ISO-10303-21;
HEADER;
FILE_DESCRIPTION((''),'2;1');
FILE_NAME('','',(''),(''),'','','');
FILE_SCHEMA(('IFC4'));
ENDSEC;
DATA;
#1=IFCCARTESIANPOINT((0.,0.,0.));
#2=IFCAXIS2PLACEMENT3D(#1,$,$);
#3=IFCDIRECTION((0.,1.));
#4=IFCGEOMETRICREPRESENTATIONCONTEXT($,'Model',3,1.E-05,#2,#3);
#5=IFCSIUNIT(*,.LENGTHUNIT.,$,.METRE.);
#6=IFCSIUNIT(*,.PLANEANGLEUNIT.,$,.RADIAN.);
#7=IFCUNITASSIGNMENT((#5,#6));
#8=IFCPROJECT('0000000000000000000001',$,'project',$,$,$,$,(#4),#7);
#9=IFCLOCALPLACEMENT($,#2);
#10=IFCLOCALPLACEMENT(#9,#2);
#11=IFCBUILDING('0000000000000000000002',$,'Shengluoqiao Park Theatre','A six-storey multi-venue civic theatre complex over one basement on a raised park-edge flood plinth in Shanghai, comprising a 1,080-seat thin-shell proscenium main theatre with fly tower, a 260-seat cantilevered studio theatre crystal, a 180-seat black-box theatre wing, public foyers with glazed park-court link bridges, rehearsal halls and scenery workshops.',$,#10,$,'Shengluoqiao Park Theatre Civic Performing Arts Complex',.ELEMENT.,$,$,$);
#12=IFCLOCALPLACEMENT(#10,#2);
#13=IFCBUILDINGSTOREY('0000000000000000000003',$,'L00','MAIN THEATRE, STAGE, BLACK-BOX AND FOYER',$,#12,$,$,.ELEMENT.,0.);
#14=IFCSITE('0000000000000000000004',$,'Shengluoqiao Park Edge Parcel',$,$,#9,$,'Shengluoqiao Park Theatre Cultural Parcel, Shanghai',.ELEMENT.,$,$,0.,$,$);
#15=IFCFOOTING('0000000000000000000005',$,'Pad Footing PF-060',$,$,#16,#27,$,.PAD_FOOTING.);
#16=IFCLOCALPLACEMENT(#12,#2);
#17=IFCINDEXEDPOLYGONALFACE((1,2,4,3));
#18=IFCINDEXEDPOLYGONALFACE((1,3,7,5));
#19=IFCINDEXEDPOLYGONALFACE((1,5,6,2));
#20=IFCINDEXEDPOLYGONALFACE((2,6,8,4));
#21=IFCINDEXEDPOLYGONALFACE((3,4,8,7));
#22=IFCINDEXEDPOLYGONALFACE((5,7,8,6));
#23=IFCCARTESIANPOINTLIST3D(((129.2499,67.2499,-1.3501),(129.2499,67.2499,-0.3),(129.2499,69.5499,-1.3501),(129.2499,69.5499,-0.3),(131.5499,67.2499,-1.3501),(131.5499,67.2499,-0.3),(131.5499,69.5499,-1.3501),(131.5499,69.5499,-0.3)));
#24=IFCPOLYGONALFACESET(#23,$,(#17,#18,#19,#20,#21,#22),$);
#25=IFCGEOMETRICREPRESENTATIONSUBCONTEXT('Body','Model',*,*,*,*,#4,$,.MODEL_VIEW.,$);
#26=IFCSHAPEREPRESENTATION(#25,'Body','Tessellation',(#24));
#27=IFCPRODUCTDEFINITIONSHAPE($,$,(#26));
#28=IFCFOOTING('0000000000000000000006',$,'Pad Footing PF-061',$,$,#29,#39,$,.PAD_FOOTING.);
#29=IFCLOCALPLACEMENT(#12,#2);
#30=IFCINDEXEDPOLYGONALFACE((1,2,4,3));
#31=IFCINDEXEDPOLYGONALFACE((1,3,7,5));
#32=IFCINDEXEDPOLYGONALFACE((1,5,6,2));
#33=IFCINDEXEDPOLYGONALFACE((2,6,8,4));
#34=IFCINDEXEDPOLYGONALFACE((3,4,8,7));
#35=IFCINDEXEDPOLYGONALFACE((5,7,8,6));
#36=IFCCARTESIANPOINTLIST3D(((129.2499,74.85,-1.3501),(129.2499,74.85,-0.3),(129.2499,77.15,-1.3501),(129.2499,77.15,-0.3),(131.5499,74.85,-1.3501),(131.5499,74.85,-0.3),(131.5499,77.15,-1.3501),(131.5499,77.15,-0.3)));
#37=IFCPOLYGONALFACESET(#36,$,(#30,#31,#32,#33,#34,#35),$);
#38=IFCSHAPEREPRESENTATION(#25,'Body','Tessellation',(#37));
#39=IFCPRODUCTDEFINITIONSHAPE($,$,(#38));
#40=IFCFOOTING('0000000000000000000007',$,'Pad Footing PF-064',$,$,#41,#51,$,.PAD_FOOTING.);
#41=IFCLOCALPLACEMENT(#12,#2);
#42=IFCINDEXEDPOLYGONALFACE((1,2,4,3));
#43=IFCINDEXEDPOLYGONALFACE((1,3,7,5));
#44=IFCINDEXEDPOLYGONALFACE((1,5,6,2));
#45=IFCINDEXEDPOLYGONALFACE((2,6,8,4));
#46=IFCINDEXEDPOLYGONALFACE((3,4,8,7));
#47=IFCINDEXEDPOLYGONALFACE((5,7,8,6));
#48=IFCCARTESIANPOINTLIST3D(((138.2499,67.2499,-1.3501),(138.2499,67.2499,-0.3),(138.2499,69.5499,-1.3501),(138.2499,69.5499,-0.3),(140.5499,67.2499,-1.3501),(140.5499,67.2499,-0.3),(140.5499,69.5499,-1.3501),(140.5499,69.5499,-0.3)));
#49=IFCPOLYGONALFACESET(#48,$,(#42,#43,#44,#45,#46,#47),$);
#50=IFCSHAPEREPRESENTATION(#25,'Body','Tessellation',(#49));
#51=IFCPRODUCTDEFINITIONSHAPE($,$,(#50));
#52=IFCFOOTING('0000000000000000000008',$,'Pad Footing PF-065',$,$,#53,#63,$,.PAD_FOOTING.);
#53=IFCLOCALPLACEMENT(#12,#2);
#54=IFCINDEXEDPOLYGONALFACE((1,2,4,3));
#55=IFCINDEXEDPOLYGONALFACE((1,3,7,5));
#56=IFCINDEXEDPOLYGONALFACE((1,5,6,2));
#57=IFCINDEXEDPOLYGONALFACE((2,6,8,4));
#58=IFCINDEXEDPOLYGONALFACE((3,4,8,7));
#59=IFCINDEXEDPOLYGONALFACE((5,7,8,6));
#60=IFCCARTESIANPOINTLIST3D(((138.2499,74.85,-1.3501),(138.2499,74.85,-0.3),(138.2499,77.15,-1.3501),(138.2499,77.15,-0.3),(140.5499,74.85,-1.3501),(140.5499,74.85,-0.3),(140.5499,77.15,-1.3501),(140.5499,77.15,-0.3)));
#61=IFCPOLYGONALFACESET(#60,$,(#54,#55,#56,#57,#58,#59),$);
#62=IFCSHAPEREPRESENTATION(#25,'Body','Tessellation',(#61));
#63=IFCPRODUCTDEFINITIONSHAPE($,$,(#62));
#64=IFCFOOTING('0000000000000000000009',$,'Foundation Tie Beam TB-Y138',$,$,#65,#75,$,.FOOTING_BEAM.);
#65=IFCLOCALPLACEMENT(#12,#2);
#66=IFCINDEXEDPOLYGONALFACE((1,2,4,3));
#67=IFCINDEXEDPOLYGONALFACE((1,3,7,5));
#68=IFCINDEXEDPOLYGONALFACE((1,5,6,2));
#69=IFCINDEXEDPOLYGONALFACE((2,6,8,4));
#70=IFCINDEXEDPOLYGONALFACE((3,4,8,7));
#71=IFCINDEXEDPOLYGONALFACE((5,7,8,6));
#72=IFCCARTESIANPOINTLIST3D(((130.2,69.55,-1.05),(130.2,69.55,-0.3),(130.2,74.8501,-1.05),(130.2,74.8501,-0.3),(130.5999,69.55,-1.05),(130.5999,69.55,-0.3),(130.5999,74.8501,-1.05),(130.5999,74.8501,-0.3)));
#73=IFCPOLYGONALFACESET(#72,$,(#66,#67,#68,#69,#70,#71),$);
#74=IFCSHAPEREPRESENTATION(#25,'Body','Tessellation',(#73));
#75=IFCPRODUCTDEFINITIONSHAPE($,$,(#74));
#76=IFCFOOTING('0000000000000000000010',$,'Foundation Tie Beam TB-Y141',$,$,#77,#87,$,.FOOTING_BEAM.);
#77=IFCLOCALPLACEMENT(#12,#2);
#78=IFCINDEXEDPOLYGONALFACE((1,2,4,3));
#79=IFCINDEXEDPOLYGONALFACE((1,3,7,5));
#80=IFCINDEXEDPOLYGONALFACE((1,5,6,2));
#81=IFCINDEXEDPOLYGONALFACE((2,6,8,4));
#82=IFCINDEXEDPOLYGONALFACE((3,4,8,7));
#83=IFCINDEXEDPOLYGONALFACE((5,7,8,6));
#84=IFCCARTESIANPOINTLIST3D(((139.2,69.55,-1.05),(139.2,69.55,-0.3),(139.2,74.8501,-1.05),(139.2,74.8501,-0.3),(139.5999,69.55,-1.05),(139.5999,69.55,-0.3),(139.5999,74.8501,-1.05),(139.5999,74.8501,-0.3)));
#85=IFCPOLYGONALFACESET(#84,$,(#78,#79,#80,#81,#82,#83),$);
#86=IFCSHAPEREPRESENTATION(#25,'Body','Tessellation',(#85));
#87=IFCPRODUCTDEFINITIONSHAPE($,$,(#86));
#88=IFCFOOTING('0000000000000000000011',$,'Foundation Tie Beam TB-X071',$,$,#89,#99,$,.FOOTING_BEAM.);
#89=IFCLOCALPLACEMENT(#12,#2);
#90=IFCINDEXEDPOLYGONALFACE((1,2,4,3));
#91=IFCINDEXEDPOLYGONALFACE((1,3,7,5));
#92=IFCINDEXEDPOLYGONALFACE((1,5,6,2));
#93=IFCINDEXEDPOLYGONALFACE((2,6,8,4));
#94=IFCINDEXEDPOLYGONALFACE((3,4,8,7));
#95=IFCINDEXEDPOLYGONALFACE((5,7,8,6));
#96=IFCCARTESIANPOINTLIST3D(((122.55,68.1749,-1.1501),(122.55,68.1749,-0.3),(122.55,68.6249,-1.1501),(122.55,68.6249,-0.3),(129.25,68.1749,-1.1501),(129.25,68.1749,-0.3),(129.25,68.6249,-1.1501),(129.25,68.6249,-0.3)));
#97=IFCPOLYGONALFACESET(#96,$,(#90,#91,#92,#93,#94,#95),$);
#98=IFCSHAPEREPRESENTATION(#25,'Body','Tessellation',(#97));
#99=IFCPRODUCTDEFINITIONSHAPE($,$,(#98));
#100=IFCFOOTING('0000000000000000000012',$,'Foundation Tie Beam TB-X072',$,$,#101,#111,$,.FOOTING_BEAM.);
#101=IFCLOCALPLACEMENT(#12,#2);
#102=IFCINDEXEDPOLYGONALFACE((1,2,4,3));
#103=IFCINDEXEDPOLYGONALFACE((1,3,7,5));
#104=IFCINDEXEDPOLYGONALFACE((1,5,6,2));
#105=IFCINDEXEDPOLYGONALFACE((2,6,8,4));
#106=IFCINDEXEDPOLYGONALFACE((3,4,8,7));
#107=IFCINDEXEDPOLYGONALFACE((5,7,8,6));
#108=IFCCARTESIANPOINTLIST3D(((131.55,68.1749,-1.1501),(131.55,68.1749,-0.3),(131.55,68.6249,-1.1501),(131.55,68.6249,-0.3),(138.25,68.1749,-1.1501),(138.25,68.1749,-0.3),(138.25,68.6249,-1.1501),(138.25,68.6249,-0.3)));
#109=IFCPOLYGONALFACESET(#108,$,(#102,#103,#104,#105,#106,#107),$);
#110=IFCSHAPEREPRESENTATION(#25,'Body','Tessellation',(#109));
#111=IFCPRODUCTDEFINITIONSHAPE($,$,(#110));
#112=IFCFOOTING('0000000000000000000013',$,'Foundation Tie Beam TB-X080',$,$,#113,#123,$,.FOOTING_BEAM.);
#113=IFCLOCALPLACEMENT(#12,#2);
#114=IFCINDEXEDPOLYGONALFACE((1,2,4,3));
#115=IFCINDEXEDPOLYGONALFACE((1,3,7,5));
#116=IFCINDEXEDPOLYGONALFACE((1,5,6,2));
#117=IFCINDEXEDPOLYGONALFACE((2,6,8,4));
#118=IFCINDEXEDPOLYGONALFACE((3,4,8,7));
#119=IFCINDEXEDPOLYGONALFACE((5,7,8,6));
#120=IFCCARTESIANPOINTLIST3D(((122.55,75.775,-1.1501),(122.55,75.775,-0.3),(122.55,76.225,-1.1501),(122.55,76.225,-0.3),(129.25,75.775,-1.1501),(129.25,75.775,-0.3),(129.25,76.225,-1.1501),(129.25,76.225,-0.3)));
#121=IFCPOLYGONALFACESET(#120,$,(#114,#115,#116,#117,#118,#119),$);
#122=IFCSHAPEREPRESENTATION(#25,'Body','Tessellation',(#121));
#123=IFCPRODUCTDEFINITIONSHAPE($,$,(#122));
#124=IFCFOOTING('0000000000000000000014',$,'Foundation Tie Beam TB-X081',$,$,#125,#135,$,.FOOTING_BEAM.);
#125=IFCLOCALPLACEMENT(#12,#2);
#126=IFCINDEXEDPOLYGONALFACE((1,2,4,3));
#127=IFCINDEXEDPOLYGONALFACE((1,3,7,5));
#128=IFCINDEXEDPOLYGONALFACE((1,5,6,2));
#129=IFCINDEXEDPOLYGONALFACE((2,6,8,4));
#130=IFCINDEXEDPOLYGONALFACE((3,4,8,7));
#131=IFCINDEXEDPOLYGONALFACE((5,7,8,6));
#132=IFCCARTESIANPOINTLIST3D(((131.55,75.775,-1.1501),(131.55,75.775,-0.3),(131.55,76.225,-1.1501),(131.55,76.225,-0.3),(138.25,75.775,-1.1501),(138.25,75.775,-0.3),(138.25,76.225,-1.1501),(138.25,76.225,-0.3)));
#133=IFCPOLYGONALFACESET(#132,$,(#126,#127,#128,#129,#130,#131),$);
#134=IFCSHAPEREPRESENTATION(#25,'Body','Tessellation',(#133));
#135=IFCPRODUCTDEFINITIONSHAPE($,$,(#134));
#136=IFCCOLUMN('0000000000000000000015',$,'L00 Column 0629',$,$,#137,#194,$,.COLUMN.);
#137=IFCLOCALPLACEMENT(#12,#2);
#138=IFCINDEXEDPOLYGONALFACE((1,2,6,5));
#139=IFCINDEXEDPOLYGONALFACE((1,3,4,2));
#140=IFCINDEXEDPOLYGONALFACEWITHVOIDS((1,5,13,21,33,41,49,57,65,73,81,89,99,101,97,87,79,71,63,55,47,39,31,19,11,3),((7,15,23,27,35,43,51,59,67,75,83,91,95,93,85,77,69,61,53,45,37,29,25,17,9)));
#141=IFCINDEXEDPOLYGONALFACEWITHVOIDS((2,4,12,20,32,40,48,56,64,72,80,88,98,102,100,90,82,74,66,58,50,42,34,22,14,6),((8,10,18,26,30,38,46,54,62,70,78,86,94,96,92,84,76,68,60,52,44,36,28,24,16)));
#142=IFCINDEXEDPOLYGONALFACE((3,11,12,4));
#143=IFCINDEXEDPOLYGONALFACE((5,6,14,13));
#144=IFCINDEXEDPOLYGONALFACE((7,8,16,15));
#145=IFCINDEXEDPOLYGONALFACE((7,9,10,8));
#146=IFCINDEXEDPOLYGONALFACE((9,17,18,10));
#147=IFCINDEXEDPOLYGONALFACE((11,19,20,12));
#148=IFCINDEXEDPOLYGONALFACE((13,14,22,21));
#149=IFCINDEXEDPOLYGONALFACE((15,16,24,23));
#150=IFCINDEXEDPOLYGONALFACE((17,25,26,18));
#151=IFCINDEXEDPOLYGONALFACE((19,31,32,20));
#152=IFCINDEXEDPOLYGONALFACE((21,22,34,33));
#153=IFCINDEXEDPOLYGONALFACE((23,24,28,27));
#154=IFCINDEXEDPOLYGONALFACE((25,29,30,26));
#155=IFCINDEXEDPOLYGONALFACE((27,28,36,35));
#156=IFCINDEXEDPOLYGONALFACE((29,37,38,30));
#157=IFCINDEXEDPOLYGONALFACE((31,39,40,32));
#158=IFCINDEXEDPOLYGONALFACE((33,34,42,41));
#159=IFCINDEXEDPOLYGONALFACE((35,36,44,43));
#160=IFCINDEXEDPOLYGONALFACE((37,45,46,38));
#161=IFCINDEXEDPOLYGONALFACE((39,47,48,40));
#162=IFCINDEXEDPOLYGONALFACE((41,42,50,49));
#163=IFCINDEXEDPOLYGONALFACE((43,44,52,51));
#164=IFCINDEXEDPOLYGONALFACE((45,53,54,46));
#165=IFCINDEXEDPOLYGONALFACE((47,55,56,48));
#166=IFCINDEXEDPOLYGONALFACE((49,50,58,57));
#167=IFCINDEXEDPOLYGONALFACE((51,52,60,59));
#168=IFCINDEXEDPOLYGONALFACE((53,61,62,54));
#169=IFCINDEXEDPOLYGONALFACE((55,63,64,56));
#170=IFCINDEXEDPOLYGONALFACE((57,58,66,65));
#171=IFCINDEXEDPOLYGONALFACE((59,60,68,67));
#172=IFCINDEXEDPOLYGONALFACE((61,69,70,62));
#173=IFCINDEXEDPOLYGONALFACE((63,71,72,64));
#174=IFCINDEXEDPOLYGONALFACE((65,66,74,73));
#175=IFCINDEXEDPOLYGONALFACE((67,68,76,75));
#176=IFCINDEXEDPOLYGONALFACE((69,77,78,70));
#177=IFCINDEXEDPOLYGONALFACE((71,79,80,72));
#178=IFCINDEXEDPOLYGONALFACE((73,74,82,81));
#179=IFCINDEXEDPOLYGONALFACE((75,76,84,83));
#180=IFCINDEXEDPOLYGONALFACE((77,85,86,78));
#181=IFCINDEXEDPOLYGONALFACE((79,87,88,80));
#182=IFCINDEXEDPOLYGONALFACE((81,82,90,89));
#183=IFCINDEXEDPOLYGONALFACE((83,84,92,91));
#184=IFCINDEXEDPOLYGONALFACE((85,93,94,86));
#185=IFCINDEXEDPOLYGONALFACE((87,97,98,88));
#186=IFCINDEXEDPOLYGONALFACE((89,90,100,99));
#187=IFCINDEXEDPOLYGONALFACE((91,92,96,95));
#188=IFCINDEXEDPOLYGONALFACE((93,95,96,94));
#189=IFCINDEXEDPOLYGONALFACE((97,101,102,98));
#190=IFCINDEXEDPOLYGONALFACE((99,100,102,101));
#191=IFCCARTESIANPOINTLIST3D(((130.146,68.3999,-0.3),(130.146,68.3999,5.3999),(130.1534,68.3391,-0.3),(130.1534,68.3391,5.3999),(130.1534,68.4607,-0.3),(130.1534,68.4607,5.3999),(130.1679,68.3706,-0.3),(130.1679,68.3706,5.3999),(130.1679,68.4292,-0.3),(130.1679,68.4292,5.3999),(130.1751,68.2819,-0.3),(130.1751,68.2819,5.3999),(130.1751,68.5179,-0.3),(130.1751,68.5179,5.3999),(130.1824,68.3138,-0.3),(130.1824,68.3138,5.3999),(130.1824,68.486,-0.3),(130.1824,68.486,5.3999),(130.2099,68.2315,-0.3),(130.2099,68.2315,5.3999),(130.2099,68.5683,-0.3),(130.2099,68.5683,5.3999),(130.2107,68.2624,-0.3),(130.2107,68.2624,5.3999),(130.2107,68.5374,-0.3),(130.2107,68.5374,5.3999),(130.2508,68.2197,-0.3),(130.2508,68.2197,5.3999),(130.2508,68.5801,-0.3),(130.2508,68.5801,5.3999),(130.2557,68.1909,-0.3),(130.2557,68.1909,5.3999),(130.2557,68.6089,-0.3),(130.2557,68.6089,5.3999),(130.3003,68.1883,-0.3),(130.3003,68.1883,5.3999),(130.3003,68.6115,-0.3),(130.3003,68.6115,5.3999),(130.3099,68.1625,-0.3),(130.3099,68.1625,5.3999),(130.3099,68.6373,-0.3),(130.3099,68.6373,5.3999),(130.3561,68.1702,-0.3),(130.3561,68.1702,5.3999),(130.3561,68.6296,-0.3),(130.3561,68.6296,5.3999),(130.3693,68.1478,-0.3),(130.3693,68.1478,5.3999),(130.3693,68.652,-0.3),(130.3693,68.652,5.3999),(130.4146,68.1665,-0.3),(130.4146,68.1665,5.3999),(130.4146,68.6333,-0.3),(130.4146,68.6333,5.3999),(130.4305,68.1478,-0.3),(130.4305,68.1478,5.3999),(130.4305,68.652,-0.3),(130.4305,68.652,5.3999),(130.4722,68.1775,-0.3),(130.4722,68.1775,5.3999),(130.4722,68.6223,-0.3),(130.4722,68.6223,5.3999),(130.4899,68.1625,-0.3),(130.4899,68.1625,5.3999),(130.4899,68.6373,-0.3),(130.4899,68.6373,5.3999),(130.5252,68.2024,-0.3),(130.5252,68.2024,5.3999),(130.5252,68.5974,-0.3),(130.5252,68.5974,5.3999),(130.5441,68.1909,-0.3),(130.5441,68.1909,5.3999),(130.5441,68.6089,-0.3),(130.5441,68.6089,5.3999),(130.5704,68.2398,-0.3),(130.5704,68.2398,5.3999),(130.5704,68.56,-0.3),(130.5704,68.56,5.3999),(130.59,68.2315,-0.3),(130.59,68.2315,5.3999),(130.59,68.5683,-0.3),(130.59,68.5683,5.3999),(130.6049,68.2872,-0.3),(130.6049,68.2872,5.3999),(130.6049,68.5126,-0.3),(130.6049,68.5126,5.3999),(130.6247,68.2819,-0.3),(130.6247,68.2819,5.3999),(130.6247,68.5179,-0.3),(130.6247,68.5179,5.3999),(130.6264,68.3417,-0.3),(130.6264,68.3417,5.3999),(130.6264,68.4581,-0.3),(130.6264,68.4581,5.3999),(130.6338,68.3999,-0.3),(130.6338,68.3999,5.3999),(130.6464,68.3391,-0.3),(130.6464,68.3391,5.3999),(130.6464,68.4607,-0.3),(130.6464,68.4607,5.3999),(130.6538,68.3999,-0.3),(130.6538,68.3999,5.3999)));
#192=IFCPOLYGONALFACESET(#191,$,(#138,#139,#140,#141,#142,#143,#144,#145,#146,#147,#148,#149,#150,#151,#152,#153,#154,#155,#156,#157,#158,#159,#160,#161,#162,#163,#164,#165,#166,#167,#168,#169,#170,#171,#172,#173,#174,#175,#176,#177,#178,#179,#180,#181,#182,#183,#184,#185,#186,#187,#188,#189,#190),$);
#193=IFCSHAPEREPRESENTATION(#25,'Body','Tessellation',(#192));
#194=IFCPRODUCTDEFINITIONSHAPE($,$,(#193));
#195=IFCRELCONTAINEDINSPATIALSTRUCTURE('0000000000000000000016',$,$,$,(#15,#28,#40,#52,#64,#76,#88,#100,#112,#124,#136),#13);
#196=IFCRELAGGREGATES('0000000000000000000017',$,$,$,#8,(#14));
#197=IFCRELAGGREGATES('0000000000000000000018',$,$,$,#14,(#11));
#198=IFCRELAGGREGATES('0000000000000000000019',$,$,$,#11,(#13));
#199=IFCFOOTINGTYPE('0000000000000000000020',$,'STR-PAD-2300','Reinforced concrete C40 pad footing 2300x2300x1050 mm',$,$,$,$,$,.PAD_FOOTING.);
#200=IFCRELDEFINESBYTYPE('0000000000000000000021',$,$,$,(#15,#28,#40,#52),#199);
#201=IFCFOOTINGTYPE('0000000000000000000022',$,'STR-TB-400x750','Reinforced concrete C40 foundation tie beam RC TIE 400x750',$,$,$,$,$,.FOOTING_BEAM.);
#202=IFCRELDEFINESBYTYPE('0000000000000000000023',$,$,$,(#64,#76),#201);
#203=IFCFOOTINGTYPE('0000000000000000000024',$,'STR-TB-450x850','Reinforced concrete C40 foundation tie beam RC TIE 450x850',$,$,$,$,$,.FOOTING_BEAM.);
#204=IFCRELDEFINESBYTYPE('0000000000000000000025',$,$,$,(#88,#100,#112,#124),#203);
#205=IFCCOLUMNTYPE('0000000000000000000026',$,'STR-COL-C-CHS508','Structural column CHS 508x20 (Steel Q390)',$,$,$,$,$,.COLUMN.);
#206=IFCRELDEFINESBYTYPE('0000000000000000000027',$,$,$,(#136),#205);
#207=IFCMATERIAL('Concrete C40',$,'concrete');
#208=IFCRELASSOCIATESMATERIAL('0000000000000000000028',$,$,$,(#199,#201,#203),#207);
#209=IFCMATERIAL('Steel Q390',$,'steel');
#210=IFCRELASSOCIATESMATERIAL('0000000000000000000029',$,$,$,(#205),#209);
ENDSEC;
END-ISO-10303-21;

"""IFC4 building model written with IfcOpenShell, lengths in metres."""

from ifc_helpers import new_model, si_unit, direction, frame, origin, origin_2d, place, context, subcontext, project, spatial, rectangle, hollow_circle, extrude, material, material_profile, profile_set, type_object, element, save


model = new_model("IFC4")

# Units and contexts
model_context = context("Model", 3, precision=1e-05, world=origin(), true_north=direction((0.0, 1.0)))
body_context = subcontext(model_context, "Body", "Model", "MODEL_VIEW")
ifc_project = project(units=[si_unit("LENGTHUNIT", "METRE"), si_unit("PLANEANGLEUNIT", "RADIAN")], contexts=[model_context])

# Site, building, storey
site_placement = place(None, origin())
site = spatial("IfcSite", under=ifc_project, at=site_placement, Name="Shengluoqiao Park Edge Parcel", LongName="Shengluoqiao Park Theatre Cultural Parcel, Shanghai", CompositionType="ELEMENT", RefElevation=0.0)
building_placement = place(site_placement, origin())
building = spatial("IfcBuilding", under=site, at=building_placement, Name="Shengluoqiao Park Theatre", Description="A six-storey multi-venue civic theatre complex over one basement on a raised park-edge flood plinth in Shanghai, comprising a 1,080-seat thin-shell proscenium main theatre with fly tower, a 260-seat cantilevered studio theatre crystal, a 180-seat black-box theatre wing, public foyers with glazed park-court link bridges, rehearsal halls and scenery workshops.", LongName="Shengluoqiao Park Theatre Civic Performing Arts Complex", CompositionType="ELEMENT")
storey_placement = place(building_placement, origin())
storey = spatial("IfcBuildingStorey", under=building, at=storey_placement, Name="L00", Description="MAIN THEATRE, STAGE, BLACK-BOX AND FOYER", CompositionType="ELEMENT", Elevation=0.0)

# Footings
ifc_material_1 = material(Name="Concrete C40", Category="concrete")
footing_type_1 = type_object("IfcFootingType", Name="STR-PAD-2300", Description="Reinforced concrete C40 pad footing 2300x2300x1050 mm", PredefinedType="PAD_FOOTING", material=ifc_material_1)
for number, where, z_axis, x_axis, name in (
    (1, (130.3999, 68.3999, -1.3501), (0.0, 0.0, 1.0), (1.0, 0.0, 0.0), "Pad Footing PF-060"),
    (2, (130.3999, 76.0, -1.3501), (0.0, 0.0, 1.0), (1.0, 0.0, 0.0), "Pad Footing PF-061"),
    (3, (139.3999, 68.3999, -1.3501), (0.0, 0.0, 1.0), (1.0, 0.0, 0.0), "Pad Footing PF-064"),
    (4, (139.3999, 76.0, -1.3501), (0.0, 0.0, 1.0), (1.0, 0.0, 0.0), "Pad Footing PF-065"),
):
    element("IfcFooting", number, at=place(storey_placement, frame(where, z_axis=z_axis, x_axis=x_axis)), inside=storey, type_object=footing_type_1, Name=name, PredefinedType="PAD_FOOTING", context=body_context, shape_type="SweptSolid", body=[
        extrude(rectangle(XDim=2.3, YDim=2.3, at=origin_2d()), origin(), (0.0, 0.0, 1.0), 1.05),
    ])
ifc_material_profile_1 = material_profile(ifc_material_1, rectangle(XDim=0.3999, YDim=0.75, at=origin_2d()), Name="RC TIE 400x750")
ifc_profile_set_1 = profile_set([ifc_material_profile_1], Name="Concrete C40")
footing_type_2 = type_object("IfcFootingType", Name="STR-TB-400x750", Description="Reinforced concrete C40 foundation tie beam RC TIE 400x750", PredefinedType="FOOTING_BEAM", material=ifc_profile_set_1)
for number, where, z_axis, x_axis, name in (
    (5, (130.3999, 69.55, -0.675), (0.0, 1.0, 0.0), (-1.0, 0.0, 0.0), "Foundation Tie Beam TB-Y138"),
    (6, (139.3999, 69.55, -0.675), (0.0, 1.0, 0.0), (-1.0, 0.0, 0.0), "Foundation Tie Beam TB-Y141"),
):
    element("IfcFooting", number, at=place(storey_placement, frame(where, z_axis=z_axis, x_axis=x_axis)), inside=storey, type_object=footing_type_2, Name=name, PredefinedType="FOOTING_BEAM", context=body_context, shape_type="SweptSolid", body=[
        extrude(rectangle(XDim=0.3999, YDim=0.75, at=origin_2d()), origin(), (0.0, 0.0, 1.0), 5.3),
    ])
ifc_material_profile_2 = material_profile(ifc_material_1, rectangle(XDim=0.45, YDim=0.8501, at=origin_2d()), Name="RC TIE 450x850")
ifc_profile_set_2 = profile_set([ifc_material_profile_2], Name="Concrete C40")
footing_type_3 = type_object("IfcFootingType", Name="STR-TB-450x850", Description="Reinforced concrete C40 foundation tie beam RC TIE 450x850", PredefinedType="FOOTING_BEAM", material=ifc_profile_set_2)
for number, where, z_axis, x_axis, name in (
    (7, (122.55, 68.3999, -0.7251), (1.0, 0.0, 0.0), (0.0, 1.0, 0.0), "Foundation Tie Beam TB-X071"),
    (8, (131.55, 68.3999, -0.7251), (1.0, 0.0, 0.0), (0.0, 1.0, 0.0), "Foundation Tie Beam TB-X072"),
    (9, (122.55, 76.0, -0.7251), (1.0, 0.0, 0.0), (0.0, 1.0, 0.0), "Foundation Tie Beam TB-X080"),
    (10, (131.55, 76.0, -0.7251), (1.0, 0.0, 0.0), (0.0, 1.0, 0.0), "Foundation Tie Beam TB-X081"),
):
    element("IfcFooting", number, at=place(storey_placement, frame(where, z_axis=z_axis, x_axis=x_axis)), inside=storey, type_object=footing_type_3, Name=name, PredefinedType="FOOTING_BEAM", context=body_context, shape_type="SweptSolid", body=[
        extrude(rectangle(XDim=0.45, YDim=0.8501, at=origin_2d()), origin(), (0.0, 0.0, 1.0), 6.7),
    ])

# Column
ifc_material_2 = material(Name="Steel Q390", Category="steel")
ifc_material_profile_3 = material_profile(ifc_material_2, hollow_circle(Radius=0.2539, WallThickness=0.02, at=origin_2d()), Name="CHS 508x20")
ifc_profile_set_3 = profile_set([ifc_material_profile_3], Name="Steel Q390")
column_type_1 = type_object("IfcColumnType", Name="STR-COL-C-CHS508", Description="Structural column CHS 508x20 (Steel Q390)", PredefinedType="COLUMN", material=ifc_profile_set_3)
for number, where, z_axis, x_axis, name in (
    (11, (130.3999, 68.3999, -0.3), (0.0, 0.0, 1.0), (1.0, 0.0, 0.0), "L00 Column 0629"),
):
    element("IfcColumn", number, at=place(storey_placement, frame(where, z_axis=z_axis, x_axis=x_axis)), inside=storey, type_object=column_type_1, Name=name, PredefinedType="COLUMN", context=body_context, shape_type="SweptSolid", body=[
        extrude(hollow_circle(Radius=0.2539, WallThickness=0.02, at=origin_2d()), origin(), (0.0, 0.0, 1.0), 5.7),
    ])

save(model, "model.ifc")
